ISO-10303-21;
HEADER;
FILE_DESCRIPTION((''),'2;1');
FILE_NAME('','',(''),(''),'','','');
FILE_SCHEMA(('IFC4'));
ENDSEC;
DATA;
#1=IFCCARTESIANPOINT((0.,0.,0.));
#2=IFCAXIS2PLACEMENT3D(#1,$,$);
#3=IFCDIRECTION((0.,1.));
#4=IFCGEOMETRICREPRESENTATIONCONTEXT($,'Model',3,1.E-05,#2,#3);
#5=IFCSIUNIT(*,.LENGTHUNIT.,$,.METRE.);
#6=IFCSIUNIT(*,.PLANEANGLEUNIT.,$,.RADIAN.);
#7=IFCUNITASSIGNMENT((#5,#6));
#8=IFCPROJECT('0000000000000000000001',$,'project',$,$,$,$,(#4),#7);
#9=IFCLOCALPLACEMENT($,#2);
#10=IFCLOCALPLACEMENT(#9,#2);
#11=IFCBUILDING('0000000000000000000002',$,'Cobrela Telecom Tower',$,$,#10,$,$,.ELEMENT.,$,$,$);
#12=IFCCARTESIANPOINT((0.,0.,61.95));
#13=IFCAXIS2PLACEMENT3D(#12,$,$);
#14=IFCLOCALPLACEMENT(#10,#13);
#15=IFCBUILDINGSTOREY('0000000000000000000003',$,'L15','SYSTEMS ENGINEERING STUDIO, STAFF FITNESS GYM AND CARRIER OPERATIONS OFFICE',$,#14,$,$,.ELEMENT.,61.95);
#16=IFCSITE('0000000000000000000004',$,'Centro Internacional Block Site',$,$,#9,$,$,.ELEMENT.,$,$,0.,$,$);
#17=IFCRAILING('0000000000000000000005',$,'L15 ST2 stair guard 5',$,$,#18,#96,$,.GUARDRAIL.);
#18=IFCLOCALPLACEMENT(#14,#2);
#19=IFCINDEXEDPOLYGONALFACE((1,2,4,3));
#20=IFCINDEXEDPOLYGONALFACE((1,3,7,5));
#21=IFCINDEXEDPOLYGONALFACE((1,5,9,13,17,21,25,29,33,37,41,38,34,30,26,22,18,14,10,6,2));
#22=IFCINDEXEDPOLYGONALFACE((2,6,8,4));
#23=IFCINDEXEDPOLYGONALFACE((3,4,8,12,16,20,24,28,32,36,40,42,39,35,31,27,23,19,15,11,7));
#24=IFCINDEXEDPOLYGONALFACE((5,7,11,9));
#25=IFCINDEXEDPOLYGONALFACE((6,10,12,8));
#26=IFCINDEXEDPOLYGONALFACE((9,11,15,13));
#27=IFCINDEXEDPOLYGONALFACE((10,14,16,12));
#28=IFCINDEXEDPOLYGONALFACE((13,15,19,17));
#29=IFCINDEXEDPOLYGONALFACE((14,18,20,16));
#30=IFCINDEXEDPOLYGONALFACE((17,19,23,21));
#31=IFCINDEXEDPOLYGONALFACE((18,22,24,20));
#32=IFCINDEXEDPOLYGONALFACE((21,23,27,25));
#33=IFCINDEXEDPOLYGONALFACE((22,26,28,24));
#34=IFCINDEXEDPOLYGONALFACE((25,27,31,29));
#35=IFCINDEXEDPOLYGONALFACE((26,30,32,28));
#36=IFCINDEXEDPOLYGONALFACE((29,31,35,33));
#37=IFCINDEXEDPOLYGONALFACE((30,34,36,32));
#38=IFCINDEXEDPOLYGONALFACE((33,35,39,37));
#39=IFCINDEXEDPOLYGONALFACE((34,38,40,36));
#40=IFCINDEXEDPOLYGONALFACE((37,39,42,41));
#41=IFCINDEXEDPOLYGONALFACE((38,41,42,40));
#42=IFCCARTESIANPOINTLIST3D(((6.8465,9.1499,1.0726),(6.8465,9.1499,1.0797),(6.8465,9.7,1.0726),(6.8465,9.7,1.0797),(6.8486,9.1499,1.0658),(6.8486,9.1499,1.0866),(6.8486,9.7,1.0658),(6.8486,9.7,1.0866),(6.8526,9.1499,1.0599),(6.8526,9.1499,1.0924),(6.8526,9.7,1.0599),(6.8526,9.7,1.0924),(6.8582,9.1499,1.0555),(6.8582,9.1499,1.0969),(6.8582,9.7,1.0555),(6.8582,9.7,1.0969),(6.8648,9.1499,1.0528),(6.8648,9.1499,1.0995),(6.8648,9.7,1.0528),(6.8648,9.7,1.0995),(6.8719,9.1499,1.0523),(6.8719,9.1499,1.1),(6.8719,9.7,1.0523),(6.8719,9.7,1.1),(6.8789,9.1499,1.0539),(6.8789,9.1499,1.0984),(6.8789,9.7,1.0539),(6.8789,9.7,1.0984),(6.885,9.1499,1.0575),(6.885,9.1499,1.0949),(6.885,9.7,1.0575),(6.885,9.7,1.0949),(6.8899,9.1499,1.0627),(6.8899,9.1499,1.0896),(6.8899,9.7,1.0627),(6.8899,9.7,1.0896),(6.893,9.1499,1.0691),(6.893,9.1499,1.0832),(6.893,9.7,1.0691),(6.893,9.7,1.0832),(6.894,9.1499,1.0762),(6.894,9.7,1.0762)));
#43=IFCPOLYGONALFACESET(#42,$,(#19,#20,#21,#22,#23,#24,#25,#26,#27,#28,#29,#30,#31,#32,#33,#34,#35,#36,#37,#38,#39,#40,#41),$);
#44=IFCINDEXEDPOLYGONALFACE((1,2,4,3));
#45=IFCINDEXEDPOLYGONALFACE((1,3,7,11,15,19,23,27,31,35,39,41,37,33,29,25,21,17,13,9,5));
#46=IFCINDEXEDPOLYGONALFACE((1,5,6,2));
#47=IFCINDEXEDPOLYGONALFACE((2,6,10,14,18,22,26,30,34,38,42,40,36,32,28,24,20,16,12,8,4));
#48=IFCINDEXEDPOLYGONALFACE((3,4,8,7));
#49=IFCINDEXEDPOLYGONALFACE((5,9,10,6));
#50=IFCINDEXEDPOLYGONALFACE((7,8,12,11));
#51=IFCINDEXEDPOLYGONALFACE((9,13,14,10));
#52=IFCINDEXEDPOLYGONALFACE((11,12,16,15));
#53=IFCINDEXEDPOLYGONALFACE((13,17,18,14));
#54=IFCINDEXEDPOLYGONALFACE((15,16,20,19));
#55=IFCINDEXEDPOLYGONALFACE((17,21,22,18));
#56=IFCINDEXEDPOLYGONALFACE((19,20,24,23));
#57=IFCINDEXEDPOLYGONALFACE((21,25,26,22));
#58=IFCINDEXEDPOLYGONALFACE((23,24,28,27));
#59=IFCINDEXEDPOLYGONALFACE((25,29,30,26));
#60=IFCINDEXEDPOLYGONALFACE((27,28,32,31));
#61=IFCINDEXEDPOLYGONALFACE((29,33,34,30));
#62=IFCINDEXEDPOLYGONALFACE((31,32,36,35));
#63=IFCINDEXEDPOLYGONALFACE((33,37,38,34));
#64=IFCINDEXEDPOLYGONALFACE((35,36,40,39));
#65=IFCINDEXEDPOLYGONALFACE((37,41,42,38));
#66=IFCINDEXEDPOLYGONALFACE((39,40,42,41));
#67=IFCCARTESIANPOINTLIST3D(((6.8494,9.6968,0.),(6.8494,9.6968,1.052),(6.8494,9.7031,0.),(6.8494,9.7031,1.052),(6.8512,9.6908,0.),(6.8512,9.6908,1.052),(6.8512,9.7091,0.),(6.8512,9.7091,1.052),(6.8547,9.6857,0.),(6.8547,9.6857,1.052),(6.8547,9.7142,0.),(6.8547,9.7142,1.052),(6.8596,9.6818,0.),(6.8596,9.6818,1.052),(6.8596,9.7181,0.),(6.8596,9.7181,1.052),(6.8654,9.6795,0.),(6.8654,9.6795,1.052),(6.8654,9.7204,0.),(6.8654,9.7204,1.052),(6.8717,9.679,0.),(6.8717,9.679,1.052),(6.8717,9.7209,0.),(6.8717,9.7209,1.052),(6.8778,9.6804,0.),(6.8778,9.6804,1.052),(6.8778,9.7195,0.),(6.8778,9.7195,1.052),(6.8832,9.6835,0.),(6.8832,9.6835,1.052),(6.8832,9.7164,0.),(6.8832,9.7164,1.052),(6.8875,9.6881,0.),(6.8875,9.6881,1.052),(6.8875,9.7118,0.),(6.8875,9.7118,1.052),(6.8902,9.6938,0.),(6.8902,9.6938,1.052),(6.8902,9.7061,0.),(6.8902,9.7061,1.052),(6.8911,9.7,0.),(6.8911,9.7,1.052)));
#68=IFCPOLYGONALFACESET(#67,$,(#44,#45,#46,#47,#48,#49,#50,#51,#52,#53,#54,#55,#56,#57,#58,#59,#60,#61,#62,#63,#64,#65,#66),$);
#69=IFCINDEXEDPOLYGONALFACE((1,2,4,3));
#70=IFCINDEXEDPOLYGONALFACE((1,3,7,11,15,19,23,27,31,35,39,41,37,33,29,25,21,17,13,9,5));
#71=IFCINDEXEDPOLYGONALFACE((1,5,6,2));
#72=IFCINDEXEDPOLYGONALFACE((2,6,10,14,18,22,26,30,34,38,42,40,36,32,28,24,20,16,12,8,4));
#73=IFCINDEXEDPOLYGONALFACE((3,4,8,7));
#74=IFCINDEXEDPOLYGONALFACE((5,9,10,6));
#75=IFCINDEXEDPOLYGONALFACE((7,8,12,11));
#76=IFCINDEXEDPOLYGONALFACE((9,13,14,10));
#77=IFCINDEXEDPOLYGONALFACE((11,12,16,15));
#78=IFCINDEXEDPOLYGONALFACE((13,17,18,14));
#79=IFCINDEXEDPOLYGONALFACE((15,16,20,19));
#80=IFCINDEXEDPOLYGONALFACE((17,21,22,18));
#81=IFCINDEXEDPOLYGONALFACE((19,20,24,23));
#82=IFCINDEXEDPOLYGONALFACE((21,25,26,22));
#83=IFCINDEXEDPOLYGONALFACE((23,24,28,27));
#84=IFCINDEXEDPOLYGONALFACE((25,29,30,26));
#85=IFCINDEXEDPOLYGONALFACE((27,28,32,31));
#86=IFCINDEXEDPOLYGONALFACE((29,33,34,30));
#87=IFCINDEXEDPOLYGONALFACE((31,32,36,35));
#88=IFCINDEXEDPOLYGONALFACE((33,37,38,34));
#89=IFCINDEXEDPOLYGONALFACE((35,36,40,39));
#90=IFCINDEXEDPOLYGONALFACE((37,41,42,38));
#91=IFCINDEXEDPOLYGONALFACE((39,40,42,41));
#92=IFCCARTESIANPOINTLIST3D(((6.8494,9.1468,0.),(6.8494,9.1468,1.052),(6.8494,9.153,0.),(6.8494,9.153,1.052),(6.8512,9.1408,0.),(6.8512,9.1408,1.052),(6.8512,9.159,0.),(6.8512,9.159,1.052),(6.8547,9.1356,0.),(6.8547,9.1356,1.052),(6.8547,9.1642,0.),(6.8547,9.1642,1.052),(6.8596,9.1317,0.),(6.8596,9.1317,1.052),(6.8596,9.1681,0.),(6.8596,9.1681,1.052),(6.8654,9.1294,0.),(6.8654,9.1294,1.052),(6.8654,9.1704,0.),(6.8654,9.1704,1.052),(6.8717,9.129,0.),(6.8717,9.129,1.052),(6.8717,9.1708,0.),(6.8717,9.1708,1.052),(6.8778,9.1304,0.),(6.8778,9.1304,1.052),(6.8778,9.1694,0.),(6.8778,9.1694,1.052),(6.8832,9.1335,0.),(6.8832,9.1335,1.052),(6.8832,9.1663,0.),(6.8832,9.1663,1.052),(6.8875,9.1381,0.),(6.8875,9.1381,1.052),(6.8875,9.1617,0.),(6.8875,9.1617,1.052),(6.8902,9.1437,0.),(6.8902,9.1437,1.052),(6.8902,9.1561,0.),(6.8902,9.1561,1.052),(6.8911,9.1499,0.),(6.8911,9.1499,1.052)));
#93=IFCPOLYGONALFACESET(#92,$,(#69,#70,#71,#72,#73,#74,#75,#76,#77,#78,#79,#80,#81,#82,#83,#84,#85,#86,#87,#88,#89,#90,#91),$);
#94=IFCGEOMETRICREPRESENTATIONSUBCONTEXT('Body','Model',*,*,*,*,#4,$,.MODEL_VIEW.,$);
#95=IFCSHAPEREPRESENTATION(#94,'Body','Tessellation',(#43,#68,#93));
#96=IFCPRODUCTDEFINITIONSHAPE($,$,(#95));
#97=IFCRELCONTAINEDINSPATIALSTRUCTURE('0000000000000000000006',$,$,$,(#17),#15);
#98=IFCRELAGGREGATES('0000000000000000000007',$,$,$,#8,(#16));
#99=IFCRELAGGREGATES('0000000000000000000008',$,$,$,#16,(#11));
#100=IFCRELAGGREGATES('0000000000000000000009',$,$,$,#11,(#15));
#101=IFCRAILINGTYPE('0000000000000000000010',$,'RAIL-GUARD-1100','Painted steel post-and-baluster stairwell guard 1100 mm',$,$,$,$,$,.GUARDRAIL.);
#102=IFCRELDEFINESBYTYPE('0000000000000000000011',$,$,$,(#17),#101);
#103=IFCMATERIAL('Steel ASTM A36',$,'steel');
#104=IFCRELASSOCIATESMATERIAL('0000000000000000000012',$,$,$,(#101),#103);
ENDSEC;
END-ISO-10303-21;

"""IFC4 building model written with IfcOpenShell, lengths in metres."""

from ifc_helpers import new_model, si_unit, direction, frame, origin, origin_2d, place, context, subcontext, project, spatial, circle, extrude, material, type_object, element, save


model = new_model("IFC4")

# Units and contexts
model_context = context("Model", 3, precision=1e-05, world=origin(), true_north=direction((0.0, 1.0)))
body_context = subcontext(model_context, "Body", "Model", "MODEL_VIEW")
ifc_project = project(units=[si_unit("LENGTHUNIT", "METRE"), si_unit("PLANEANGLEUNIT", "RADIAN")], contexts=[model_context])

# Site, building, storey
site_placement = place(None, origin())
site = spatial("IfcSite", under=ifc_project, at=site_placement, Name="Centro Internacional Block Site", CompositionType="ELEMENT", RefElevation=0.0)
building_placement = place(site_placement, origin())
building = spatial("IfcBuilding", under=site, at=building_placement, Name="Cobrela Telecom Tower", CompositionType="ELEMENT")
storey_placement = place(building_placement, frame((0.0, 0.0, 61.95)))
storey = spatial("IfcBuildingStorey", under=building, at=storey_placement, Name="L15", Description="SYSTEMS ENGINEERING STUDIO, STAFF FITNESS GYM AND CARRIER OPERATIONS OFFICE", CompositionType="ELEMENT", Elevation=61.95)

# Railing
ifc_material_1 = material(Name="Steel ASTM A36", Category="steel")
railing_type_1 = type_object("IfcRailingType", Name="RAIL-GUARD-1100", Description="Painted steel post-and-baluster stairwell guard 1100 mm", PredefinedType="GUARDRAIL", material=ifc_material_1)
railing_1_placement = place(storey_placement, frame((6.8701, 9.7, 0.0)))
element("IfcRailing", 1, at=railing_1_placement, inside=storey, type_object=railing_type_1, Name="L15 ST2 stair guard 5", PredefinedType="GUARDRAIL", context=body_context, shape_type="SweptSolid", body=[
    extrude(circle(Radius=0.0239, at=origin_2d()), frame((0.0, 0.0, 1.0762), z_axis=(0.0, -1.0, 0.0), x_axis=(1.0, 0.0, 0.0)), (0.0, 0.0, 1.0), 0.55),
    extrude(circle(Radius=0.021, at=origin_2d()), origin(), (0.0, 0.0, 1.0), 1.052),
    extrude(circle(Radius=0.021, at=origin_2d()), frame((0.0, -0.55, 0.0)), (0.0, 0.0, 1.0), 1.052),
])

save(model, "model.ifc")
